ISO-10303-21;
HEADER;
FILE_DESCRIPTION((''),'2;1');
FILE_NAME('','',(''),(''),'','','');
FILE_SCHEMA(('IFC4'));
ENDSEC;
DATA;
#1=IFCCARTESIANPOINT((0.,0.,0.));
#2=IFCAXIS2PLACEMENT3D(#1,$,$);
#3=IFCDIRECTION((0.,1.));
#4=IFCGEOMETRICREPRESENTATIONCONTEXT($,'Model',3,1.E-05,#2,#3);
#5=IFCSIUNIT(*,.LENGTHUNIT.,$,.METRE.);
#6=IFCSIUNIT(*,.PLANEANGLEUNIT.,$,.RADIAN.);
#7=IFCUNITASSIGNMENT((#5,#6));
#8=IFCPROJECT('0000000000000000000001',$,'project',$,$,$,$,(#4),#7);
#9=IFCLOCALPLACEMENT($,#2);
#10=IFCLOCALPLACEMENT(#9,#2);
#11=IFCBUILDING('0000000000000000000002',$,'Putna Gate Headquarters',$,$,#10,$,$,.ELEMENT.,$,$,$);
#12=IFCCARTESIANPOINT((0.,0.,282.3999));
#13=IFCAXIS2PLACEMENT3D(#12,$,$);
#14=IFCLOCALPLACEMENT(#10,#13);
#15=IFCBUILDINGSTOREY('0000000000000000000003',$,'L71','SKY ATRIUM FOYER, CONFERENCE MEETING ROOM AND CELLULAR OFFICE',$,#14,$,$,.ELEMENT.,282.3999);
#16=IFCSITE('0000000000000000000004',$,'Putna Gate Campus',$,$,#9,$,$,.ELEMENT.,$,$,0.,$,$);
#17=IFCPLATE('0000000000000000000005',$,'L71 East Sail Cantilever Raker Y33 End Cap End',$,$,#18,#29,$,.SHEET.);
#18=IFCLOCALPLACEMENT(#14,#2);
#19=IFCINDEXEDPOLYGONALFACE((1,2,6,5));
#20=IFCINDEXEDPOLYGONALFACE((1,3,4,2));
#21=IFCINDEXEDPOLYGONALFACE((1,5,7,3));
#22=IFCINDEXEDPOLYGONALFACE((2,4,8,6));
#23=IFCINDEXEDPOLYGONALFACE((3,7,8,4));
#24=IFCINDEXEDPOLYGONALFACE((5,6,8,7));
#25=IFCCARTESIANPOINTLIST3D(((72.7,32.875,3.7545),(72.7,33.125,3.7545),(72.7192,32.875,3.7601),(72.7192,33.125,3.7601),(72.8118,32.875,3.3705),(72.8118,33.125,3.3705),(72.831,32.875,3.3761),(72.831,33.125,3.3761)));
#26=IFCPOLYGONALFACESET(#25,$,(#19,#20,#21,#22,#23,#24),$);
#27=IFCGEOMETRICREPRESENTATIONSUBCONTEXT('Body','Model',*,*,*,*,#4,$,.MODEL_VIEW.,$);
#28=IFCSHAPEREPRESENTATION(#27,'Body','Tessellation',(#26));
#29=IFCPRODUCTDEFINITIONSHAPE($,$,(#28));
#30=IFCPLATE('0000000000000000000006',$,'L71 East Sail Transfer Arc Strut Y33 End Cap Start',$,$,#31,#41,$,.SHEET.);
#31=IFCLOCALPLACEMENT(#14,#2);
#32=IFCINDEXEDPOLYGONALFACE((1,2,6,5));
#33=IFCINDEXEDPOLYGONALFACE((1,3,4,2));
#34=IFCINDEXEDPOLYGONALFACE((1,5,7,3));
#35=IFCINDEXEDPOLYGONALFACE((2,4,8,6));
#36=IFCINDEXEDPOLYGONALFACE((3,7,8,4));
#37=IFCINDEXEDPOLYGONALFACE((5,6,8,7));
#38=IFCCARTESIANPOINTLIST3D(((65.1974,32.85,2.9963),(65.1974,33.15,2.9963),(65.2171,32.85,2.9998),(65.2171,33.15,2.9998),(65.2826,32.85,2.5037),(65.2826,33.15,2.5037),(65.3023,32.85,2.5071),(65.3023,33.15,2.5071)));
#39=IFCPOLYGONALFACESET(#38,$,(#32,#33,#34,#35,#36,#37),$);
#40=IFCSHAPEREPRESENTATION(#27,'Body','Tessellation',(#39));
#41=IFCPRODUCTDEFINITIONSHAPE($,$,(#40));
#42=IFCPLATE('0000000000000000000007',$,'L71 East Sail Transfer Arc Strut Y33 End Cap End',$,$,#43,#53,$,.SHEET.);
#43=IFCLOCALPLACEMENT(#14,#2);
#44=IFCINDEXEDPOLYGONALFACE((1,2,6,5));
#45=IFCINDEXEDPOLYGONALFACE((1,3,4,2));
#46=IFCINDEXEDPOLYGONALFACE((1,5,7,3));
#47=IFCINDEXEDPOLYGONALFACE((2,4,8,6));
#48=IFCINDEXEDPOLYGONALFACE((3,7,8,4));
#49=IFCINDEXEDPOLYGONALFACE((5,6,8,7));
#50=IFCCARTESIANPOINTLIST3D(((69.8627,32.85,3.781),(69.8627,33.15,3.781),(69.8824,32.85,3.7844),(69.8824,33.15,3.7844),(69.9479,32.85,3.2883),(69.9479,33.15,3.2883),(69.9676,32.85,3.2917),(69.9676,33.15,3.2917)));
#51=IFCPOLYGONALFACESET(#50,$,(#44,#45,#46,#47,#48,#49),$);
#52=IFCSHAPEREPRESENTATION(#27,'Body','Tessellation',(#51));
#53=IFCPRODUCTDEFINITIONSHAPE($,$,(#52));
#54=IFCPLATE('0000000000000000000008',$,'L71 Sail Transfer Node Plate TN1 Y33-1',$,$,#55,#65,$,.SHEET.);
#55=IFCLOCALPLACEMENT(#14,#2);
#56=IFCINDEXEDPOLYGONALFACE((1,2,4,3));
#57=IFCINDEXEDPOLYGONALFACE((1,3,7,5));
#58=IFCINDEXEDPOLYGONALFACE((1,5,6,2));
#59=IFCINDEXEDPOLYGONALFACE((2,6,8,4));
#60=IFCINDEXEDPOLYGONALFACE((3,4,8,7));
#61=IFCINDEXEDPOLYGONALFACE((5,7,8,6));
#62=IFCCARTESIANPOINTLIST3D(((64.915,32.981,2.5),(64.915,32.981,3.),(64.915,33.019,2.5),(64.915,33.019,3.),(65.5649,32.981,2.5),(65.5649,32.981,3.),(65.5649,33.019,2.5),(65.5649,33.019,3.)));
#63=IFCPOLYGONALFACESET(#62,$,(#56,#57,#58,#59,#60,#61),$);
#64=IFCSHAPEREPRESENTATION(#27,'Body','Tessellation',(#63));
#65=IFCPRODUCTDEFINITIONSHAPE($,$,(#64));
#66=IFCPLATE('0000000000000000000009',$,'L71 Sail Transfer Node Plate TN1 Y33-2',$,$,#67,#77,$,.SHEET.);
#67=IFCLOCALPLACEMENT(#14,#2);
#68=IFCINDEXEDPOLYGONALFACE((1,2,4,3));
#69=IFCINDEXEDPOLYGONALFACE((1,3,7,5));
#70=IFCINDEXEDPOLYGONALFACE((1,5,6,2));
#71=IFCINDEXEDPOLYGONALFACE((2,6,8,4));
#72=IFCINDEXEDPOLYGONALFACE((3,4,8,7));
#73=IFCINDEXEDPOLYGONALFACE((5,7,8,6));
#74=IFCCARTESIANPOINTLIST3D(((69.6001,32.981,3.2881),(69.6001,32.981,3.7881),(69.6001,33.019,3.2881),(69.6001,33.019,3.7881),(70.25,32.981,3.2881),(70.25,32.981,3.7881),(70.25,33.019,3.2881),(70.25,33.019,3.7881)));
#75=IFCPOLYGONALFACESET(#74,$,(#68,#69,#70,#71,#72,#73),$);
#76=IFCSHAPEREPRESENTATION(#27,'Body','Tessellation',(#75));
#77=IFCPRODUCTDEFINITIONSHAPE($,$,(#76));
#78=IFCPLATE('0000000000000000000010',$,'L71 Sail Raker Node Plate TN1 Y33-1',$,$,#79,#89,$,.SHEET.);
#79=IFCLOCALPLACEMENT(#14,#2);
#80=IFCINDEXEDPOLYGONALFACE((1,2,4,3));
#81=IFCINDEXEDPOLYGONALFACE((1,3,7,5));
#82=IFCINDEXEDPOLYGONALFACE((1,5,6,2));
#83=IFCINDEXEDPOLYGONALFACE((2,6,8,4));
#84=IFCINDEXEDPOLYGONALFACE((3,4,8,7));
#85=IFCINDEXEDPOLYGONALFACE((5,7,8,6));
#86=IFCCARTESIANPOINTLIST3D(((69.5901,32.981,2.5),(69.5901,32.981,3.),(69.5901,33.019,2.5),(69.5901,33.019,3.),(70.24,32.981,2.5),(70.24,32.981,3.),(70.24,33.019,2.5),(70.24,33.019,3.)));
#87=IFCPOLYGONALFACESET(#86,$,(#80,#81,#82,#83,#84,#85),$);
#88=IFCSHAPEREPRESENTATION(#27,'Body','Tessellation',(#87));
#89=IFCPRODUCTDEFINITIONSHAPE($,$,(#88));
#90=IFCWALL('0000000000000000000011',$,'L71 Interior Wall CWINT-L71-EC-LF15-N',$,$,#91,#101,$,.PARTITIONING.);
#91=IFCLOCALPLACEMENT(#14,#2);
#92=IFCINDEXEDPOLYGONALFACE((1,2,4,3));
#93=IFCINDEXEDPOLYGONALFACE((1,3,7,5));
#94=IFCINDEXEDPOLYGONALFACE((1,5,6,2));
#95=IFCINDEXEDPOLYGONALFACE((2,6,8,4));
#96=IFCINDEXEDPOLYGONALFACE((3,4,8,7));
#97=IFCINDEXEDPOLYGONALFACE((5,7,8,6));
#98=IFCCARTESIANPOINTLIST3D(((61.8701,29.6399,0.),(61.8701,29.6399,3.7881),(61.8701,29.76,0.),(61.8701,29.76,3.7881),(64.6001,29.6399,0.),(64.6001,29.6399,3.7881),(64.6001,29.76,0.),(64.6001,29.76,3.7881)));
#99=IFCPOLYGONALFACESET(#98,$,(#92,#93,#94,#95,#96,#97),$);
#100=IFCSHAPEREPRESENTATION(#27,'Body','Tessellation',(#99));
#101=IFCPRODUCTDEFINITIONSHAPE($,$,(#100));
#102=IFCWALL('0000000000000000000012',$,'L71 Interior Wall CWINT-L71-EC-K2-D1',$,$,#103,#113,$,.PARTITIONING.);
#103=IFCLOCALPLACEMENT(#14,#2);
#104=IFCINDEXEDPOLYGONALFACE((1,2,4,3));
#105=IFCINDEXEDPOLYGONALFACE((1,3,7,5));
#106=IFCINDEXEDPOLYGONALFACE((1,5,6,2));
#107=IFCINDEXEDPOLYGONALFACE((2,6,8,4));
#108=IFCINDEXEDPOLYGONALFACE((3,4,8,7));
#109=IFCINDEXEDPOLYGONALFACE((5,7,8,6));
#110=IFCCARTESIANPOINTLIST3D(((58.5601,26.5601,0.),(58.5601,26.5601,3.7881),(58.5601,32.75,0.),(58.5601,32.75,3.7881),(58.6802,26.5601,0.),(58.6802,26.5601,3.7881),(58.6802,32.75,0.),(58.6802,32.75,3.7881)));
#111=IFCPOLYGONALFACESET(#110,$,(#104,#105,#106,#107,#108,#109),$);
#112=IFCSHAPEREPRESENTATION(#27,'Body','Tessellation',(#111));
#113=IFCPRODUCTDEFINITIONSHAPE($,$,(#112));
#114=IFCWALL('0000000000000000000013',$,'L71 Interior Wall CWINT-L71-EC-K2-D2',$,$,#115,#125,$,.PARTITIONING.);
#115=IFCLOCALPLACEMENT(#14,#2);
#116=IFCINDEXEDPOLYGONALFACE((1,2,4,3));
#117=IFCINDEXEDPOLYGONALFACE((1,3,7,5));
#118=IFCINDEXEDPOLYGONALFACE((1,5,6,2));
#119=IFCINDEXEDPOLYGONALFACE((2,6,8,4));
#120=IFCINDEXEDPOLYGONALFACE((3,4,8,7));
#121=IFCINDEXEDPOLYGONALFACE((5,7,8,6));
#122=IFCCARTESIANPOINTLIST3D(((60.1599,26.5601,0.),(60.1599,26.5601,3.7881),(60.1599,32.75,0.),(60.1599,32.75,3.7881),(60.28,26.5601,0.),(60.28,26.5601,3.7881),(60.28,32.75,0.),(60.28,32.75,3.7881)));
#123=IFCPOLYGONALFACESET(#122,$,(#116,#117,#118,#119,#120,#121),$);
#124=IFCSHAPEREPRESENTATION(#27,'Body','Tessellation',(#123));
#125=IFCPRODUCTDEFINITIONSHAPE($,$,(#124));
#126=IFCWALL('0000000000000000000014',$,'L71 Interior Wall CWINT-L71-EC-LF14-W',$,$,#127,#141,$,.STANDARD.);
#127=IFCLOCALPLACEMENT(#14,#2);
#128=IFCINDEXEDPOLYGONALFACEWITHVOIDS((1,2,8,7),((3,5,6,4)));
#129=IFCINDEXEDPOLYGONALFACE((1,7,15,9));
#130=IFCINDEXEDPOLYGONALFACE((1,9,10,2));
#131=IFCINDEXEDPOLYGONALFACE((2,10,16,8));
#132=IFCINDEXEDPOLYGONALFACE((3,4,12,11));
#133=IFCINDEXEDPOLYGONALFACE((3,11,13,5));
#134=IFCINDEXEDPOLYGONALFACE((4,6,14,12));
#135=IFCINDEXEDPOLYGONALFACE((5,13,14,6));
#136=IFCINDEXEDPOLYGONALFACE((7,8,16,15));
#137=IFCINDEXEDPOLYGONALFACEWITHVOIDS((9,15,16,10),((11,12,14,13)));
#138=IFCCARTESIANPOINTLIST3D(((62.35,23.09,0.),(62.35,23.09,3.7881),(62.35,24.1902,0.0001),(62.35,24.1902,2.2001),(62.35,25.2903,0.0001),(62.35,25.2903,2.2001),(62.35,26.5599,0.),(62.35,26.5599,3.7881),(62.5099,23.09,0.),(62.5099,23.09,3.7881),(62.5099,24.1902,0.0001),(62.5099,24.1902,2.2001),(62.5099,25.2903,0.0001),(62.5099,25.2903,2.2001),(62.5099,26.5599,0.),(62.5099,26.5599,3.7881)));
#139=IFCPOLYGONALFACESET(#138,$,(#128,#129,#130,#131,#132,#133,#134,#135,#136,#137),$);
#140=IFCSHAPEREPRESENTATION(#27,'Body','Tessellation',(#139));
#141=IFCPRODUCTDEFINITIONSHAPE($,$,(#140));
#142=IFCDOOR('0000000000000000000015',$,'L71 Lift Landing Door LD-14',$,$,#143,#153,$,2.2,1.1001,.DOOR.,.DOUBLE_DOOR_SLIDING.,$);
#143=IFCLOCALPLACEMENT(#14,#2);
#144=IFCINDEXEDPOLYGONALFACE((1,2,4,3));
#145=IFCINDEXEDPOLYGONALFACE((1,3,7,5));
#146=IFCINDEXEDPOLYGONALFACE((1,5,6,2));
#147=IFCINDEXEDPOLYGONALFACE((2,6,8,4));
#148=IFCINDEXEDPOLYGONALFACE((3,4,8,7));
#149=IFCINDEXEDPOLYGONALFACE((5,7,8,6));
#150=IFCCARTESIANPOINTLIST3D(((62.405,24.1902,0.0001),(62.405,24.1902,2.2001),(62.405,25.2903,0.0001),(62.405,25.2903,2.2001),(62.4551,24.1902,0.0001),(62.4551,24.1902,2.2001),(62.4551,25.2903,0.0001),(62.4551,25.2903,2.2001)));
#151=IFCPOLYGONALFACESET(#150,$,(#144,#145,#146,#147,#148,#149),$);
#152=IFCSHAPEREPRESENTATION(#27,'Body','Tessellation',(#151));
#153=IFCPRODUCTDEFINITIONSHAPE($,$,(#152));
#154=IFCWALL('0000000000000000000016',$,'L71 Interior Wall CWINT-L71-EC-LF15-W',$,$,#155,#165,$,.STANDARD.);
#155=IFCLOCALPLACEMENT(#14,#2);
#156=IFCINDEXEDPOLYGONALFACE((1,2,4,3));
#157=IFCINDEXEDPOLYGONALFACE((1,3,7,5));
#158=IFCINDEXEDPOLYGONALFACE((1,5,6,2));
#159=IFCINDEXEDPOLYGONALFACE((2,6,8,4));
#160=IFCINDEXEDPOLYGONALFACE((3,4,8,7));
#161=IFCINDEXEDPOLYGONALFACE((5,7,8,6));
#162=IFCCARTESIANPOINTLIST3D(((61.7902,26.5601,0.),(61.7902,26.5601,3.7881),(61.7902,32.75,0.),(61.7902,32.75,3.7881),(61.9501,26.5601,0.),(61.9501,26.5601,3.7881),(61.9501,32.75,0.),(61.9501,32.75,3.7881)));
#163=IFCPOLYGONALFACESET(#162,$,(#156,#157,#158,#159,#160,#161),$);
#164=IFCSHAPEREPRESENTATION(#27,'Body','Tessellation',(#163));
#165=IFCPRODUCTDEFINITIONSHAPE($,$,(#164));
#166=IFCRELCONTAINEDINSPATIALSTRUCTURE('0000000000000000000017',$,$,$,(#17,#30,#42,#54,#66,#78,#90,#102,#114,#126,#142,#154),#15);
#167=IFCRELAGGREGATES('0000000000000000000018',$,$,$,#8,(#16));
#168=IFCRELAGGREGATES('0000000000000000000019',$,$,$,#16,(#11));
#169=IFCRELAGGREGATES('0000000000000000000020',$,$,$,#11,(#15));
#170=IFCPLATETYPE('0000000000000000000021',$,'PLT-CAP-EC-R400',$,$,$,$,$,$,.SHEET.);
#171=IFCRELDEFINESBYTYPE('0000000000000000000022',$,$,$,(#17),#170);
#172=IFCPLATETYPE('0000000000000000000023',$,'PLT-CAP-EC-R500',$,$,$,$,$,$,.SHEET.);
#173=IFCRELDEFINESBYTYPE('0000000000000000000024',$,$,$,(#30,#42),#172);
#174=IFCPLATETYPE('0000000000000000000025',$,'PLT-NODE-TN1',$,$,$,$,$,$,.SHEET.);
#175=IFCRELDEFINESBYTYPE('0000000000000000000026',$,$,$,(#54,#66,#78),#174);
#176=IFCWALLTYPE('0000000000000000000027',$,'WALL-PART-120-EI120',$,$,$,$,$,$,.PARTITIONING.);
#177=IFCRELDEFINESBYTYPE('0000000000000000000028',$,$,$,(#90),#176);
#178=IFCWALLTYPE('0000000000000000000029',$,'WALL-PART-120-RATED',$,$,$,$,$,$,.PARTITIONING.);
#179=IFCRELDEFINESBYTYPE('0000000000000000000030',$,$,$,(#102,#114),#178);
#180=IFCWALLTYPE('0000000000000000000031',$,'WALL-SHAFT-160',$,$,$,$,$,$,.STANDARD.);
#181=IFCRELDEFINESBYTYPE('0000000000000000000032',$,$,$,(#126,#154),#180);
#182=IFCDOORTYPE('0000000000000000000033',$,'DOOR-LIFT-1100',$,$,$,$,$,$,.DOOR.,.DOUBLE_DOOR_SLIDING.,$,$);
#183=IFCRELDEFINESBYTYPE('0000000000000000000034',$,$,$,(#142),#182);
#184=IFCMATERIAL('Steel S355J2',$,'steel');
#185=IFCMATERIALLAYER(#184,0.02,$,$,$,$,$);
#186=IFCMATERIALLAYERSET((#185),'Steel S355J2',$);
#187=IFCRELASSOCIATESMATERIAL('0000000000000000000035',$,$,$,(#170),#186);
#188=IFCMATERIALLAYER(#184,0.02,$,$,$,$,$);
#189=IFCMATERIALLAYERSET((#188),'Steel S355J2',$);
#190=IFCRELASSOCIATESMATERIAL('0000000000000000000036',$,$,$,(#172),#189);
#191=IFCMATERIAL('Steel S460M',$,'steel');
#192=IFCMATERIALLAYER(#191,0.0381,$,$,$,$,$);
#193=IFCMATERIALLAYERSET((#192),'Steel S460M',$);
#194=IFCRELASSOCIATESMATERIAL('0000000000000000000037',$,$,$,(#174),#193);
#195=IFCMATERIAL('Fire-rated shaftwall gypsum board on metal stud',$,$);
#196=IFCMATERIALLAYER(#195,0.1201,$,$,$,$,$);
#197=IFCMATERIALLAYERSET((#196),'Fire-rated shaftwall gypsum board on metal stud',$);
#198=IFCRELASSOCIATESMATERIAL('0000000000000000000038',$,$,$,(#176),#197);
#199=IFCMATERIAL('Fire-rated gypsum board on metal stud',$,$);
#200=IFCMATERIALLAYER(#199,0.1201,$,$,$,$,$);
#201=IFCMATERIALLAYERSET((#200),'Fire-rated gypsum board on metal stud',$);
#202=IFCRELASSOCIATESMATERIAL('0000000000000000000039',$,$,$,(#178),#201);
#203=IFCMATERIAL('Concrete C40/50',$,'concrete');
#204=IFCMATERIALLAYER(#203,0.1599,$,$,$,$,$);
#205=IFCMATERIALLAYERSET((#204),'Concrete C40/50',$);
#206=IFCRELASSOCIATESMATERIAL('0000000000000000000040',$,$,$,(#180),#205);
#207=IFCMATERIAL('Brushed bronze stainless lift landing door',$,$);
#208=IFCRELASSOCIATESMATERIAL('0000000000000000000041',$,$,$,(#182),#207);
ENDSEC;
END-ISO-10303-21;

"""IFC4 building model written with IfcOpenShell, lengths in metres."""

from ifc_helpers import new_model, si_unit, direction, frame, frame_2d, origin, origin_2d, place, context, subcontext, project, spatial, rectangle, extrude, material, layer, layer_set, type_object, element, fill, save


model = new_model("IFC4")

# Units and contexts
model_context = context("Model", 3, precision=1e-05, world=origin(), true_north=direction((0.0, 1.0)))
body_context = subcontext(model_context, "Body", "Model", "MODEL_VIEW")
ifc_project = project(units=[si_unit("LENGTHUNIT", "METRE"), si_unit("PLANEANGLEUNIT", "RADIAN")], contexts=[model_context])

# Site, building, storey
site_placement = place(None, origin())
site = spatial("IfcSite", under=ifc_project, at=site_placement, Name="Putna Gate Campus", CompositionType="ELEMENT", RefElevation=0.0)
building_placement = place(site_placement, origin())
building = spatial("IfcBuilding", under=site, at=building_placement, Name="Putna Gate Headquarters", CompositionType="ELEMENT")
storey_placement = place(building_placement, frame((0.0, 0.0, 282.3999)))
storey = spatial("IfcBuildingStorey", under=building, at=storey_placement, Name="L71", Description="SKY ATRIUM FOYER, CONFERENCE MEETING ROOM AND CELLULAR OFFICE", CompositionType="ELEMENT", Elevation=282.3999)

# Shared definitions
ifc_material_1 = material(Name="Steel S460M", Category="steel")

# Shared definitions
ifc_material_2 = material(Name="Steel S355J2", Category="steel")

# Plates
ifc_layer_1 = layer(ifc_material_2, 0.02)
ifc_layer_set_1 = layer_set([ifc_layer_1], Name="Steel S355J2")
plate_type_1 = type_object("IfcPlateType", Name="PLT-CAP-EC-R400", PredefinedType="SHEET", material=ifc_layer_set_1)
for number, where, z_axis, x_axis, name in (
    (1, (72.7559, 33.0, 3.5625), (0.960136, 0.0, 0.279533), (0.0, 1.0, 0.0), "L71 East Sail Cantilever Raker Y33 End Cap End"),
):
    element("IfcPlate", number, at=place(storey_placement, frame(where, z_axis=z_axis, x_axis=x_axis)), inside=storey, type_object=plate_type_1, Name=name, PredefinedType="SHEET", context=body_context, shape_type="SweptSolid", body=[
        extrude(rectangle(XDim=0.25, YDim=0.3999, at=origin_2d()), origin(), (0.0, 0.0, 1.0), 0.02),
    ])
ifc_layer_2 = layer(ifc_material_2, 0.02)
ifc_layer_set_2 = layer_set([ifc_layer_2], Name="Steel S355J2")
plate_type_2 = type_object("IfcPlateType", Name="PLT-CAP-EC-R500", PredefinedType="SHEET", material=ifc_layer_set_2)
for number, where, z_axis, x_axis, name in (
    (2, (65.24, 33.0, 2.75), (0.98539, 0.0, 0.170314), (0.0, 1.0, 0.0), "L71 East Sail Transfer Arc Strut Y33 End Cap Start"),
    (3, (69.9053, 33.0, 3.5347), (0.98539, 0.0, 0.170314), (0.0, 1.0, 0.0), "L71 East Sail Transfer Arc Strut Y33 End Cap End"),
):
    element("IfcPlate", number, at=place(storey_placement, frame(where, z_axis=z_axis, x_axis=x_axis)), inside=storey, type_object=plate_type_2, Name=name, PredefinedType="SHEET", context=body_context, shape_type="SweptSolid", body=[
        extrude(rectangle(XDim=0.3, YDim=0.5, at=origin_2d()), origin(), (0.0, 0.0, 1.0), 0.02),
    ])
ifc_layer_3 = layer(ifc_material_1, 0.0381)
ifc_layer_set_3 = layer_set([ifc_layer_3], Name="Steel S460M")
plate_type_3 = type_object("IfcPlateType", Name="PLT-NODE-TN1", PredefinedType="SHEET", material=ifc_layer_set_3)
for number, where, z_axis, x_axis, name in (
    (4, (65.24, 33.0, 2.5), (0.0, 0.0, 1.0), (1.0, 0.0, 0.0), "L71 Sail Transfer Node Plate TN1 Y33-1"),
    (5, (69.925, 33.0, 3.2881), (0.0, 0.0, 1.0), (1.0, 0.0, 0.0), "L71 Sail Transfer Node Plate TN1 Y33-2"),
    (6, (69.915, 33.0, 2.5), (0.0, 0.0, 1.0), (1.0, 0.0, 0.0), "L71 Sail Raker Node Plate TN1 Y33-1"),
):
    element("IfcPlate", number, at=place(storey_placement, frame(where, z_axis=z_axis, x_axis=x_axis)), inside=storey, type_object=plate_type_3, Name=name, PredefinedType="SHEET", context=body_context, shape_type="SweptSolid", body=[
        extrude(rectangle(XDim=0.6499, YDim=0.0381, at=origin_2d()), origin(), (0.0, 0.0, 1.0), 0.5),
    ])

# Walls
ifc_material_3 = material(Name="Fire-rated shaftwall gypsum board on metal stud")
ifc_layer_4 = layer(ifc_material_3, 0.1201)
ifc_layer_set_4 = layer_set([ifc_layer_4], Name="Fire-rated shaftwall gypsum board on metal stud")
wall_type_1 = type_object("IfcWallType", Name="WALL-PART-120-EI120", PredefinedType="PARTITIONING", material=ifc_layer_set_4)
wall_1_placement = place(storey_placement, frame((61.8701, 29.7, 0.0), z_axis=(0.0, 0.0, 1.0), x_axis=(1.0, 0.0, 0.0)))
element("IfcWall", 7, at=wall_1_placement, inside=storey, type_object=wall_type_1, Name="L71 Interior Wall CWINT-L71-EC-LF15-N", PredefinedType="PARTITIONING", context=body_context, shape_type="SweptSolid", body=[
    extrude(rectangle(XDim=2.73, YDim=0.1201, at=frame_2d((1.365, 0.0))), origin(), (0.0, 0.0, 1.0), 3.7881),
])
ifc_material_4 = material(Name="Fire-rated gypsum board on metal stud")
ifc_layer_5 = layer(ifc_material_4, 0.1201)
ifc_layer_set_5 = layer_set([ifc_layer_5], Name="Fire-rated gypsum board on metal stud")
wall_type_2 = type_object("IfcWallType", Name="WALL-PART-120-RATED", PredefinedType="PARTITIONING", material=ifc_layer_set_5)
for number, where, z_axis, x_axis, name in (
    (8, (58.6201, 26.5601, 0.0), (0.0, 0.0, 1.0), (0.0, 1.0, 0.0), "L71 Interior Wall CWINT-L71-EC-K2-D1"),
    (9, (60.22, 26.5601, 0.0), (0.0, 0.0, 1.0), (0.0, 1.0, 0.0), "L71 Interior Wall CWINT-L71-EC-K2-D2"),
):
    element("IfcWall", number, at=place(storey_placement, frame(where, z_axis=z_axis, x_axis=x_axis)), inside=storey, type_object=wall_type_2, Name=name, PredefinedType="PARTITIONING", context=body_context, shape_type="SweptSolid", body=[
        extrude(rectangle(XDim=6.1899, YDim=0.1201, at=frame_2d((3.095, 0.0))), origin(), (0.0, 0.0, 1.0), 3.7881),
    ])

# Wall, opening, door
ifc_material_5 = material(Name="Concrete C40/50", Category="concrete")
ifc_layer_6 = layer(ifc_material_5, 0.1599)
ifc_layer_set_6 = layer_set([ifc_layer_6], Name="Concrete C40/50")
wall_type_3 = type_object("IfcWallType", Name="WALL-SHAFT-160", PredefinedType="STANDARD", material=ifc_layer_set_6)
wall_2_placement = place(storey_placement, frame((62.4299, 23.0901, 0.0), z_axis=(0.0, 0.0, 1.0), x_axis=(0.0, 1.0, 0.0)))
wall_2 = element("IfcWall", 10, at=wall_2_placement, inside=storey, type_object=wall_type_3, Name="L71 Interior Wall CWINT-L71-EC-LF14-W", PredefinedType="STANDARD", context=body_context, shape_type="SweptSolid", body=[
    extrude(rectangle(XDim=3.47, YDim=0.1599, at=frame_2d((1.7349, 0.0))), origin(), (0.0, 0.0, 1.0), 3.7881),
])
opening_placement = place(wall_2_placement, frame((1.1001, 0.0, 0.0)))
opening = element("IfcOpeningElement", 11, at=opening_placement, cuts=wall_2, PredefinedType="OPENING", context=body_context, shape_type="SweptSolid", body=[
    extrude(rectangle(XDim=1.1001, YDim=2.2, at=frame_2d((0.55, 1.1001))), frame((0.0, 0.0898, 0.0), z_axis=(0.0, -1.0, 0.0), x_axis=(1.0, 0.0, 0.0)), (0.0, 0.0, 1.0), 0.1799),
])
ifc_material_6 = material(Name="Brushed bronze stainless lift landing door")
door_type = type_object("IfcDoorType", Name="DOOR-LIFT-1100", OperationType="DOUBLE_DOOR_SLIDING", PredefinedType="DOOR", material=ifc_material_6)
door_placement = place(opening_placement, origin())
door = element("IfcDoor", 12, at=door_placement, inside=storey, type_object=door_type, Name="L71 Lift Landing Door LD-14", OperationType="DOUBLE_DOOR_SLIDING", OverallHeight=2.2, OverallWidth=1.1001, PredefinedType="DOOR", context=body_context, shape_type="SweptSolid", body=[
    extrude(rectangle(XDim=1.1001, YDim=2.2, at=frame_2d((0.55, 1.1001))), frame((0.0, 0.0249, 0.0), z_axis=(0.0, -1.0, 0.0), x_axis=(1.0, 0.0, 0.0)), (0.0, 0.0, 1.0), 0.05),
])
fill(opening, door)

# Wall
wall_3_placement = place(storey_placement, frame((61.8701, 26.5601, 0.0), z_axis=(0.0, 0.0, 1.0), x_axis=(0.0, 1.0, 0.0)))
element("IfcWall", 13, at=wall_3_placement, inside=storey, type_object=wall_type_3, Name="L71 Interior Wall CWINT-L71-EC-LF15-W", PredefinedType="STANDARD", context=body_context, shape_type="SweptSolid", body=[
    extrude(rectangle(XDim=6.1899, YDim=0.1599, at=frame_2d((3.095, 0.0))), origin(), (0.0, 0.0, 1.0), 3.7881),
])

save(model, "model.ifc")
